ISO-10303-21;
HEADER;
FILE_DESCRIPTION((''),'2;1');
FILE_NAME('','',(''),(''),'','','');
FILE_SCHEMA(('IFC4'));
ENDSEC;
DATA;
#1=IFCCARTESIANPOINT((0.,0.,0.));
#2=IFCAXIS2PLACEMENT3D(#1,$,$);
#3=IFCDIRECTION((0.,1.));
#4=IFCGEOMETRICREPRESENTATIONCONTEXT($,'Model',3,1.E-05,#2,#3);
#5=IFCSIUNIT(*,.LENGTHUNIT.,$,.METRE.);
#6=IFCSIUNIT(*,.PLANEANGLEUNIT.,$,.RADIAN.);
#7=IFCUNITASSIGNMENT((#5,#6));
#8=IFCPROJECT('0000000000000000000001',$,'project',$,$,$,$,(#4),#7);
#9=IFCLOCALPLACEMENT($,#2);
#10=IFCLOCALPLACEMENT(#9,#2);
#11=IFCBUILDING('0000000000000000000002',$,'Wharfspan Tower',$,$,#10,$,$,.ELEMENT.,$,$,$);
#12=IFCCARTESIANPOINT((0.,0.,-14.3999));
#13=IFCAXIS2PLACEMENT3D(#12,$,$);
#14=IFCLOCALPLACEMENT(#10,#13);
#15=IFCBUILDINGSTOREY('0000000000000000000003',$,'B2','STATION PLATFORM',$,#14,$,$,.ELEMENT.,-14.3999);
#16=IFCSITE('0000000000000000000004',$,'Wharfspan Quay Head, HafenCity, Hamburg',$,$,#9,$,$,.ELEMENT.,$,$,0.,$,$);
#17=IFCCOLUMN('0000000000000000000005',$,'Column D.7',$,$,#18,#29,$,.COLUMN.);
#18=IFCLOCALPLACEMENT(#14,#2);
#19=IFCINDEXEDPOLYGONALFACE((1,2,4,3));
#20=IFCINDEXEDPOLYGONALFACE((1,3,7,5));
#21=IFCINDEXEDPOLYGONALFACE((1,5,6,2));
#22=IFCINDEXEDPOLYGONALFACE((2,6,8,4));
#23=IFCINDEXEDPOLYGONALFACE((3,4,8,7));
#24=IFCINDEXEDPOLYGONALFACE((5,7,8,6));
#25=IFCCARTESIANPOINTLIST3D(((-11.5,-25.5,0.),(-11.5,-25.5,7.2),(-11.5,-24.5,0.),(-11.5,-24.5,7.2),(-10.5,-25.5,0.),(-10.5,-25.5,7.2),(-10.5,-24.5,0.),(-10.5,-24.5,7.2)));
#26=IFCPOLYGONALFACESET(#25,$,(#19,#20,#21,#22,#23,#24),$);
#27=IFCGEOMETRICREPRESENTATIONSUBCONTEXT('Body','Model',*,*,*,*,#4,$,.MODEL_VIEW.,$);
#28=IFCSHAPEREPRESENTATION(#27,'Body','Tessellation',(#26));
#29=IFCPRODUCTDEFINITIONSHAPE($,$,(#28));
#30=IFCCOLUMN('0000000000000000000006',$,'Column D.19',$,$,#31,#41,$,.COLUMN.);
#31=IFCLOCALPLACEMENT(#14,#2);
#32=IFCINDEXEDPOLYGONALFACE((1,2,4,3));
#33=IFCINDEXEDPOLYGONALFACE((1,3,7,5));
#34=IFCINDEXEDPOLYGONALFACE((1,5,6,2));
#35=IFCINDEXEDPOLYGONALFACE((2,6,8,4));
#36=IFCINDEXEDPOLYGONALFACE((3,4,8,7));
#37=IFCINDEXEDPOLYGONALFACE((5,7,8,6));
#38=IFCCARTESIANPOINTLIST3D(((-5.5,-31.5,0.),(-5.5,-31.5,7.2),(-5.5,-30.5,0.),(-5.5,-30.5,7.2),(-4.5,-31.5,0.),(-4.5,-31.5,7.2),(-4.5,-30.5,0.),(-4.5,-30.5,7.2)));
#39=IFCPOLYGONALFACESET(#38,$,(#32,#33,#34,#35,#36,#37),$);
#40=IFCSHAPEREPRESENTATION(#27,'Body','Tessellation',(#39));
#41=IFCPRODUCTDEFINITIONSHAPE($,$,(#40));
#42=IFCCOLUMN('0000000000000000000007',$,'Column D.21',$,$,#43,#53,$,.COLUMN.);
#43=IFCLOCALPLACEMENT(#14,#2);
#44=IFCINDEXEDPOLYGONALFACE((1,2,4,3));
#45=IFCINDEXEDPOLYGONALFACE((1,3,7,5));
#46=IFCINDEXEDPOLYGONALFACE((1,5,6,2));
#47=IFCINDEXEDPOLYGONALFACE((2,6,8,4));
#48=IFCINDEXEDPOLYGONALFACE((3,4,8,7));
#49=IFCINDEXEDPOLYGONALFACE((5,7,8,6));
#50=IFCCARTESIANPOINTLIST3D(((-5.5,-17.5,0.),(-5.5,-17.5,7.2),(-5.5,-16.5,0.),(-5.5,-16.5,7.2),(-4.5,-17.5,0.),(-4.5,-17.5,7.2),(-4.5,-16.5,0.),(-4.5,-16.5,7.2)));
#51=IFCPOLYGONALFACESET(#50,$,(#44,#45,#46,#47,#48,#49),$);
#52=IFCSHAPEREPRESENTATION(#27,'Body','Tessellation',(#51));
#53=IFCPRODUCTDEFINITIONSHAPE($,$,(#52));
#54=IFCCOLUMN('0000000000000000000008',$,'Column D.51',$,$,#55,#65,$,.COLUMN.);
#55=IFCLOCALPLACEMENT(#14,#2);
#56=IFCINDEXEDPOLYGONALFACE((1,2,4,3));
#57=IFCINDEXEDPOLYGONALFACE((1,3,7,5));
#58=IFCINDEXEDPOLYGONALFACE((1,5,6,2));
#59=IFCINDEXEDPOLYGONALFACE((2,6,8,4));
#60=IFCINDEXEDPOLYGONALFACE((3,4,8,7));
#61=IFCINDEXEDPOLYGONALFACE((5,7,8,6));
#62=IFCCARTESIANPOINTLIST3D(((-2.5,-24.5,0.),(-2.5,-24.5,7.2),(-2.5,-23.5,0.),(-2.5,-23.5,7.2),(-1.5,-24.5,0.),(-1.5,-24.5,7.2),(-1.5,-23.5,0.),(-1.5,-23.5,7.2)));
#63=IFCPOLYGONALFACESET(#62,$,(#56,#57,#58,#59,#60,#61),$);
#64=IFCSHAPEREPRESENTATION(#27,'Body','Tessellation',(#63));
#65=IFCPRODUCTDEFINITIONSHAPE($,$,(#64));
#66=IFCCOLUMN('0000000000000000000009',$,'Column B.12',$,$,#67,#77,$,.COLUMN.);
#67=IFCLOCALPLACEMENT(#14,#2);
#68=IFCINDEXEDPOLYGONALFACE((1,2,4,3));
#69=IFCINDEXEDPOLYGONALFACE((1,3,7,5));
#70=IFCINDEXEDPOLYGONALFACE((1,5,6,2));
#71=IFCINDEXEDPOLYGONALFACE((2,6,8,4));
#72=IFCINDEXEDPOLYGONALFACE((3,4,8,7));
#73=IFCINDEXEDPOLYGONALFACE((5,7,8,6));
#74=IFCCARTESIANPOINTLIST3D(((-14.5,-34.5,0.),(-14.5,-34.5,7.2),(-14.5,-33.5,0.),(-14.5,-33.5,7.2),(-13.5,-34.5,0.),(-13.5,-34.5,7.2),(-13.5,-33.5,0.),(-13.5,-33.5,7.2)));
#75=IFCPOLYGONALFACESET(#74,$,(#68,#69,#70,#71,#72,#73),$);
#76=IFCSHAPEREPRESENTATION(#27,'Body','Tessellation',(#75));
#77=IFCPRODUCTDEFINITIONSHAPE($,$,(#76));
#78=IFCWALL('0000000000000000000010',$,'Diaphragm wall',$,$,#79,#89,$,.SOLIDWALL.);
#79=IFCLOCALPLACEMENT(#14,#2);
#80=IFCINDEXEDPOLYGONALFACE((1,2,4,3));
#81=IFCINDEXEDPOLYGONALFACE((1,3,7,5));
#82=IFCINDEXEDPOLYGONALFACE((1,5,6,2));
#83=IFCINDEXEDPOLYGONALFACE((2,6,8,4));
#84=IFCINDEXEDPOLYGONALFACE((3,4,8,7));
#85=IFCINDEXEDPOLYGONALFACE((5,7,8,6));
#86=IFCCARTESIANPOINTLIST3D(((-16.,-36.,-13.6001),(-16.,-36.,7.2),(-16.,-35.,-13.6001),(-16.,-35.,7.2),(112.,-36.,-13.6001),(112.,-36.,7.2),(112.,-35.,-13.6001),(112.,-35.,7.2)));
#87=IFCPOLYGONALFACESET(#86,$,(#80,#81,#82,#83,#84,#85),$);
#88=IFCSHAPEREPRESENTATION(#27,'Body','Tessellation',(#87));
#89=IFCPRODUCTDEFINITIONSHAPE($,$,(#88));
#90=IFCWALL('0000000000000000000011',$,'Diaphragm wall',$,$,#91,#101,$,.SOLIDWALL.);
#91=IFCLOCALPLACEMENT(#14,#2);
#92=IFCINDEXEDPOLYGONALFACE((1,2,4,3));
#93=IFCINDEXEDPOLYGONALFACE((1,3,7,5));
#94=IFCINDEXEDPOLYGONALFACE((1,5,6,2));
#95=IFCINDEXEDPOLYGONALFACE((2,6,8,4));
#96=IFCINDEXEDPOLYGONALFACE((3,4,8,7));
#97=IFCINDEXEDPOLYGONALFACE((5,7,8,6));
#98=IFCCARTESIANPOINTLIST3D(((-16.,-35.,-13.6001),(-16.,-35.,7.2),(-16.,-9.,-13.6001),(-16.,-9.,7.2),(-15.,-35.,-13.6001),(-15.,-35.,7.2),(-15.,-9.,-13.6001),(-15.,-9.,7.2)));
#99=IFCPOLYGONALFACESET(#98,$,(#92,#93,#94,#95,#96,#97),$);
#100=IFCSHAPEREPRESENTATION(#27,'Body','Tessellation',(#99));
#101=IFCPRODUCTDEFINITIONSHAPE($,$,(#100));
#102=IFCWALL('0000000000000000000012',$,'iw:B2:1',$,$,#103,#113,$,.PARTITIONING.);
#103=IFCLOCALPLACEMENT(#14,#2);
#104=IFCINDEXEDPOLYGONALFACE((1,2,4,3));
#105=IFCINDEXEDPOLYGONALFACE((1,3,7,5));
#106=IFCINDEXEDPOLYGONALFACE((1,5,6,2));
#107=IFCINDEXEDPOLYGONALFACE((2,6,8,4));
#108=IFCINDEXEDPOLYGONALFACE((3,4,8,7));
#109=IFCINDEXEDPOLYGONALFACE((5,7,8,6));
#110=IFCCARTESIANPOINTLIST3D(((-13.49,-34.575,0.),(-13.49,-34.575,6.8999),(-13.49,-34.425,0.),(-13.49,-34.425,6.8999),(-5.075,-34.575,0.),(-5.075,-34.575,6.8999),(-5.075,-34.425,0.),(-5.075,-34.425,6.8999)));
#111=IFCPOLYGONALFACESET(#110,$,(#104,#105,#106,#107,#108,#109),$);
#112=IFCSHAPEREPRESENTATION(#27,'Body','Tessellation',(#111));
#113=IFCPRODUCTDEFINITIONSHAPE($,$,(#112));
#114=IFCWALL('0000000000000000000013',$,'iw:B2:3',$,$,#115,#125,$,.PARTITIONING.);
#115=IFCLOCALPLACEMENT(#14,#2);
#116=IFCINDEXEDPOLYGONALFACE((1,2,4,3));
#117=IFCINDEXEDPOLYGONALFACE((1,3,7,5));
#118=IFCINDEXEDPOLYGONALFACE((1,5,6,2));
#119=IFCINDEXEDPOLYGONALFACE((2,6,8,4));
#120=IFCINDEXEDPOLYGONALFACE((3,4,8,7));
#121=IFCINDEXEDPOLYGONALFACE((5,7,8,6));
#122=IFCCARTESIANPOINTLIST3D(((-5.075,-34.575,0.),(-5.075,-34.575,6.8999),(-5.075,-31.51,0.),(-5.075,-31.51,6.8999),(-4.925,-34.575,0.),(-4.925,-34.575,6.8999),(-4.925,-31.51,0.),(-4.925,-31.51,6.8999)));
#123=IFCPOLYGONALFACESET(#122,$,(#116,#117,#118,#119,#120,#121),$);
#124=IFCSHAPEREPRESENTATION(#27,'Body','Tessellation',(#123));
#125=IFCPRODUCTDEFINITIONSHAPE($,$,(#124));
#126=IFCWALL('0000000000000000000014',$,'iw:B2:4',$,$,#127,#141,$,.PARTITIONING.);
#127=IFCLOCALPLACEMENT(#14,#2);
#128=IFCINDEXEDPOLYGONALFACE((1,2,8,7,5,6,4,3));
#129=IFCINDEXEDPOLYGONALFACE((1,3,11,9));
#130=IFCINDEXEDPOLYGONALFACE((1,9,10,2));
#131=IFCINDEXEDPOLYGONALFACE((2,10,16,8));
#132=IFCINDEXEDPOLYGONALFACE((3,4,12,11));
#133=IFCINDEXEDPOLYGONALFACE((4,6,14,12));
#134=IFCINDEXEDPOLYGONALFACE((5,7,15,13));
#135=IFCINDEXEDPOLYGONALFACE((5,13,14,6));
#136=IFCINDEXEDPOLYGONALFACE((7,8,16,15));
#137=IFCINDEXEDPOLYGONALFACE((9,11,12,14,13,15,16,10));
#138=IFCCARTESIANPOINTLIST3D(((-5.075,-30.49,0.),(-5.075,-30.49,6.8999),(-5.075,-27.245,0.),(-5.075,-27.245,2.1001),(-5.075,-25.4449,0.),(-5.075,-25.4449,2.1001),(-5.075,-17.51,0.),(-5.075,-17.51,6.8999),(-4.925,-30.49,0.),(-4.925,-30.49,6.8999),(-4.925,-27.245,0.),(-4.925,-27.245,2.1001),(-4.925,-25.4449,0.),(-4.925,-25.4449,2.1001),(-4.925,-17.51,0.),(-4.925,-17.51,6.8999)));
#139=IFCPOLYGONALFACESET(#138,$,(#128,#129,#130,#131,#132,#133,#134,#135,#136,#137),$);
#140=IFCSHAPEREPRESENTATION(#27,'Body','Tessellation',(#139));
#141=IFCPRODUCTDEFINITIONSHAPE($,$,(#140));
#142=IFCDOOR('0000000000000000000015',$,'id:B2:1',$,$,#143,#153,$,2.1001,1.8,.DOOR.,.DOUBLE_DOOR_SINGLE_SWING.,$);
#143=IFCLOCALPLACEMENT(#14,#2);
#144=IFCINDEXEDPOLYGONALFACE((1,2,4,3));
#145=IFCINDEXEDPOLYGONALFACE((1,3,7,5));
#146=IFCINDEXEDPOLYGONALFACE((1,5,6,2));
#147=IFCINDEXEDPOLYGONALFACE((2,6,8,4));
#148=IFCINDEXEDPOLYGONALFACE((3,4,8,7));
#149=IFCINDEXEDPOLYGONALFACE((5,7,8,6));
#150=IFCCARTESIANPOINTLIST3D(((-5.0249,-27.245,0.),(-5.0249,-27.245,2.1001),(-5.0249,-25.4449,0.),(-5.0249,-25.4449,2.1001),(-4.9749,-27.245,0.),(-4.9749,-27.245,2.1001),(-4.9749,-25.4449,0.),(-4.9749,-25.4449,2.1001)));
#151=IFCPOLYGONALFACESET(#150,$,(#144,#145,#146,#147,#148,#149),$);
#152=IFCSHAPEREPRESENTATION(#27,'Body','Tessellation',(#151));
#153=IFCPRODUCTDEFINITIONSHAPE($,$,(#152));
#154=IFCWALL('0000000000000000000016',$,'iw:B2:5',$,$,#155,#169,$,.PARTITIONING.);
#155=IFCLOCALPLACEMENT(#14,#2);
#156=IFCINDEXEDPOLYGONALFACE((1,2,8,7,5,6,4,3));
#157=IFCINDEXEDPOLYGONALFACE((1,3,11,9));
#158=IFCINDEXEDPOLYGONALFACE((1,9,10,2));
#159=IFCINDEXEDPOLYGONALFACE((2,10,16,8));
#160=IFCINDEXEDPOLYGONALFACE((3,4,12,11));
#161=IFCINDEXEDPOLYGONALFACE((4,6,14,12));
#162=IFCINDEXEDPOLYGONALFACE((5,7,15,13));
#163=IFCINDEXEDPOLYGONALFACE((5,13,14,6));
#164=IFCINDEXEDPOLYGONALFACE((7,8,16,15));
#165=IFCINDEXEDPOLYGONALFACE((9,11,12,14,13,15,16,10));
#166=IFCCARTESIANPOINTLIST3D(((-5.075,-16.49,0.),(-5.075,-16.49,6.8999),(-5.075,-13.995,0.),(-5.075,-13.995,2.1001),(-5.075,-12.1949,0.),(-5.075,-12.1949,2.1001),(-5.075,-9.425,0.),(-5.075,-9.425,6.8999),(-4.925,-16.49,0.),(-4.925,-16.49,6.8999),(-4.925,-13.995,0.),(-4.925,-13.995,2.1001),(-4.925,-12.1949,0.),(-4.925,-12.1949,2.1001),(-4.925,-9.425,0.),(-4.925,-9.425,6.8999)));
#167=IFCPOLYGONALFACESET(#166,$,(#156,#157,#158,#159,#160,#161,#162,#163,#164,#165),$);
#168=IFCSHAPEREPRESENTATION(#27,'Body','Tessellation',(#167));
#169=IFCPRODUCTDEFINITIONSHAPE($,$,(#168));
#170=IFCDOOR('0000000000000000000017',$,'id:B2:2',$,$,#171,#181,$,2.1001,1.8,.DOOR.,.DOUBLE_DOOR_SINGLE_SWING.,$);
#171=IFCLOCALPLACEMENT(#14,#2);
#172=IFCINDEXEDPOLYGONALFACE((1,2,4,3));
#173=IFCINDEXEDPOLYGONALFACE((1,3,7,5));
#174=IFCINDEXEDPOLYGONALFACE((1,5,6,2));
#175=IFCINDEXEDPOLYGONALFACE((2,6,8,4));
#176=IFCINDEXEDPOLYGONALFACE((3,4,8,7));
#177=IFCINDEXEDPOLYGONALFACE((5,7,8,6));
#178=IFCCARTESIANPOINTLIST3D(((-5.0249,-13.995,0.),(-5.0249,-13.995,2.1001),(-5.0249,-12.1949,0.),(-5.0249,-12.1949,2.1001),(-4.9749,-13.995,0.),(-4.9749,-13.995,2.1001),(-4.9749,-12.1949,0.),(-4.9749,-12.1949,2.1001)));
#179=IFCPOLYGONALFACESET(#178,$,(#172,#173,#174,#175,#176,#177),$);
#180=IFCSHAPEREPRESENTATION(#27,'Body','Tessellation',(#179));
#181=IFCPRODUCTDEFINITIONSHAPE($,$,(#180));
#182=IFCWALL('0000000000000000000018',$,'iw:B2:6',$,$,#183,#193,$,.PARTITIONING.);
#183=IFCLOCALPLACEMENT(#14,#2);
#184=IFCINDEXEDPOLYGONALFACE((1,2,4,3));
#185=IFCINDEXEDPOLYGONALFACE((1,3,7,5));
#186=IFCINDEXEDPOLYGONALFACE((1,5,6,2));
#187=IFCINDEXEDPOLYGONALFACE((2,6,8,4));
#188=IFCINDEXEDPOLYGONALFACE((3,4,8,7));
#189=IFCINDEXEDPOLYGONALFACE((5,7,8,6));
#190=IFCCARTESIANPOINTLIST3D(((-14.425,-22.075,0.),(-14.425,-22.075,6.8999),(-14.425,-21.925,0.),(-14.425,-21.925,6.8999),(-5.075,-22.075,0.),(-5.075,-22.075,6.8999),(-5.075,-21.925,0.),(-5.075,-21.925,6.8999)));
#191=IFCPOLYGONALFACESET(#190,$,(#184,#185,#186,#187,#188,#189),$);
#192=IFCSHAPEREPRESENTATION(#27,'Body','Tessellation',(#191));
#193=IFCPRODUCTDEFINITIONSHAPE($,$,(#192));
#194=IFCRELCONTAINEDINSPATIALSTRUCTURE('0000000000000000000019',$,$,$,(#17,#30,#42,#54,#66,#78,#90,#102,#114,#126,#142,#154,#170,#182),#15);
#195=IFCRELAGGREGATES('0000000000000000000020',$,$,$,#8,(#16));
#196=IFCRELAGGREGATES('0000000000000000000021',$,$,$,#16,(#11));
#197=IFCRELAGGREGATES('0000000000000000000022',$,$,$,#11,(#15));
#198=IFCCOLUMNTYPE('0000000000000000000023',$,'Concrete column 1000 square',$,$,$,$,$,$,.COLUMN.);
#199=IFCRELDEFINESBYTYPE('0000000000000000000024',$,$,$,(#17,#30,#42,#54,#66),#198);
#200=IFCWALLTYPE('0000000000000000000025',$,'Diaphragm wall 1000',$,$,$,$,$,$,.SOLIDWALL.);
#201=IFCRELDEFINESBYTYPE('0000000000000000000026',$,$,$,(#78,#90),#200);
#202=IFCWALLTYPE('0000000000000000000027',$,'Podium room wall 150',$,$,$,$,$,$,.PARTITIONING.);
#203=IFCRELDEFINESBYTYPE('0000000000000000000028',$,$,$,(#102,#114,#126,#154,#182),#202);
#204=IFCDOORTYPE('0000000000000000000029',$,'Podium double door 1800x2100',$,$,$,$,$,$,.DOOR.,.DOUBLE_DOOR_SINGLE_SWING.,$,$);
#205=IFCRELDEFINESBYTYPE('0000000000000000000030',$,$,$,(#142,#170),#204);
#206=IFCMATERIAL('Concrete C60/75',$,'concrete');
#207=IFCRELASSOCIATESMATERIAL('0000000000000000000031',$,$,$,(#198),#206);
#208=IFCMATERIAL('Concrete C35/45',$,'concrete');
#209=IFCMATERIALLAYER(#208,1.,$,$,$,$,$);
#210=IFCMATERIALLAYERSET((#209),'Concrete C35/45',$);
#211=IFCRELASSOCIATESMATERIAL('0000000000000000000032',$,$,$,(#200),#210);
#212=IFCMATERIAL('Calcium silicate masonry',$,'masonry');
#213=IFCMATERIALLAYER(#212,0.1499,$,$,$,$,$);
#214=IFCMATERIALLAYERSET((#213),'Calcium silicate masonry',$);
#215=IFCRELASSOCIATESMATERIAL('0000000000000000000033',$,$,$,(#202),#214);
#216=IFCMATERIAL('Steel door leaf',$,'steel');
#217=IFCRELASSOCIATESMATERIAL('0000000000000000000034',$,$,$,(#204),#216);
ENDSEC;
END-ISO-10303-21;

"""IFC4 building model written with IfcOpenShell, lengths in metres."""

from ifc_helpers import new_model, si_unit, direction, frame, frame_2d, origin, origin_2d, place, context, subcontext, project, spatial, rectangle, extrude, material, layer, layer_set, material_profile, profile_set, type_object, element, fill, save


model = new_model("IFC4")

# Units and contexts
model_context = context("Model", 3, precision=1e-05, world=origin(), true_north=direction((0.0, 1.0)))
body_context = subcontext(model_context, "Body", "Model", "MODEL_VIEW")
ifc_project = project(units=[si_unit("LENGTHUNIT", "METRE"), si_unit("PLANEANGLEUNIT", "RADIAN")], contexts=[model_context])

# Site, building, storey
site_placement = place(None, origin())
site = spatial("IfcSite", under=ifc_project, at=site_placement, Name="Wharfspan Quay Head, HafenCity, Hamburg", CompositionType="ELEMENT", RefElevation=0.0)
building_placement = place(site_placement, origin())
building = spatial("IfcBuilding", under=site, at=building_placement, Name="Wharfspan Tower", CompositionType="ELEMENT")
storey_placement = place(building_placement, frame((0.0, 0.0, -14.3999)))
storey = spatial("IfcBuildingStorey", under=building, at=storey_placement, Name="B2", Description="STATION PLATFORM", CompositionType="ELEMENT", Elevation=-14.3999)

# Columns
ifc_material_1 = material(Name="Concrete C60/75", Category="concrete")
ifc_material_profile = material_profile(ifc_material_1, rectangle(XDim=1.0, YDim=1.0, at=origin_2d()))
ifc_profile_set = profile_set([ifc_material_profile], Name="Concrete C60/75")
column_type = type_object("IfcColumnType", Name="Concrete column 1000 square", PredefinedType="COLUMN", material=ifc_profile_set)
for number, where, z_axis, x_axis, name in (
    (1, (-11.0, -25.0, 0.0), (0.0, 0.0, 1.0), (1.0, 0.0, 0.0), "Column D.7"),
    (2, (-5.0, -31.0, 0.0), (0.0, 0.0, 1.0), (1.0, 0.0, 0.0), "Column D.19"),
    (3, (-5.0, -17.0, 0.0), (0.0, 0.0, 1.0), (1.0, 0.0, 0.0), "Column D.21"),
    (4, (-2.0, -24.0, 0.0), (0.0, 0.0, 1.0), (1.0, 0.0, 0.0), "Column D.51"),
    (5, (-14.0, -34.0, 0.0), (0.0, 0.0, 1.0), (1.0, 0.0, 0.0), "Column B.12"),
):
    element("IfcColumn", number, at=place(storey_placement, frame(where, z_axis=z_axis, x_axis=x_axis)), inside=storey, type_object=column_type, Name=name, PredefinedType="COLUMN", context=body_context, shape_type="SweptSolid", body=[
        extrude(rectangle(XDim=1.0, YDim=1.0, at=origin_2d()), origin(), (0.0, 0.0, 1.0), 7.2),
    ])

# Walls
ifc_material_2 = material(Name="Concrete C35/45", Category="concrete")
ifc_layer_1 = layer(ifc_material_2, 1.0)
ifc_layer_set_1 = layer_set([ifc_layer_1], Name="Concrete C35/45")
wall_type_1 = type_object("IfcWallType", Name="Diaphragm wall 1000", PredefinedType="SOLIDWALL", material=ifc_layer_set_1)
wall_1_placement = place(storey_placement, frame((-16.0, -35.5, -13.6001), z_axis=(0.0, 0.0, 1.0), x_axis=(1.0, 0.0, 0.0)))
element("IfcWall", 6, at=wall_1_placement, inside=storey, type_object=wall_type_1, Name="Diaphragm wall", PredefinedType="SOLIDWALL", context=body_context, shape_type="SweptSolid", body=[
    extrude(rectangle(XDim=128.0, YDim=1.0, at=frame_2d((64.0, 0.0))), origin(), (0.0, 0.0, 1.0), 20.8),
])
wall_2_placement = place(storey_placement, frame((-15.5, -35.0, -13.6001), z_axis=(0.0, 0.0, 1.0), x_axis=(0.0, 1.0, 0.0)))
element("IfcWall", 7, at=wall_2_placement, inside=storey, type_object=wall_type_1, Name="Diaphragm wall", PredefinedType="SOLIDWALL", context=body_context, shape_type="SweptSolid", body=[
    extrude(rectangle(XDim=26.0, YDim=1.0, at=frame_2d((13.0, 0.0))), origin(), (0.0, 0.0, 1.0), 20.8),
])
ifc_material_3 = material(Name="Calcium silicate masonry", Category="masonry")
ifc_layer_2 = layer(ifc_material_3, 0.1499)
ifc_layer_set_2 = layer_set([ifc_layer_2], Name="Calcium silicate masonry")
wall_type_2 = type_object("IfcWallType", Name="Podium room wall 150", PredefinedType="PARTITIONING", material=ifc_layer_set_2)
wall_3_placement = place(storey_placement, frame((-13.49, -34.5, 0.0), z_axis=(0.0, 0.0, 1.0), x_axis=(1.0, 0.0, 0.0)))
element("IfcWall", 8, at=wall_3_placement, inside=storey, type_object=wall_type_2, Name="iw:B2:1", PredefinedType="PARTITIONING", context=body_context, shape_type="SweptSolid", body=[
    extrude(rectangle(XDim=8.415, YDim=0.1499, at=frame_2d((4.2075, 0.0))), origin(), (0.0, 0.0, 1.0), 6.8999),
])
wall_4_placement = place(storey_placement, frame((-5.0, -34.575, 0.0), z_axis=(0.0, 0.0, 1.0), x_axis=(0.0, 1.0, 0.0)))
element("IfcWall", 9, at=wall_4_placement, inside=storey, type_object=wall_type_2, Name="iw:B2:3", PredefinedType="PARTITIONING", context=body_context, shape_type="SweptSolid", body=[
    extrude(rectangle(XDim=3.0649, YDim=0.1499, at=frame_2d((1.5325, 0.0))), origin(), (0.0, 0.0, 1.0), 6.8999),
])

# Walls, openings, doors
wall_5_placement = place(storey_placement, frame((-5.0, -30.49, 0.0), z_axis=(0.0, 0.0, 1.0), x_axis=(0.0, 1.0, 0.0)))
wall_5 = element("IfcWall", 10, at=wall_5_placement, inside=storey, type_object=wall_type_2, Name="iw:B2:4", PredefinedType="PARTITIONING", context=body_context, shape_type="SweptSolid", body=[
    extrude(rectangle(XDim=12.98, YDim=0.1499, at=frame_2d((6.49, 0.0))), origin(), (0.0, 0.0, 1.0), 6.8999),
])
opening_1_placement = place(wall_5_placement, frame((3.2451, 0.0, 0.0)))
opening_1 = element("IfcOpeningElement", 11, at=opening_1_placement, cuts=wall_5, PredefinedType="OPENING", context=body_context, shape_type="SweptSolid", body=[
    extrude(rectangle(XDim=1.8, YDim=2.1001, at=frame_2d((0.8999, 1.05))), frame((0.0, 0.085, 0.0), z_axis=(0.0, -1.0, 0.0), x_axis=(1.0, 0.0, 0.0)), (0.0, 0.0, 1.0), 0.1699),
])
ifc_material_4 = material(Name="Steel door leaf", Category="steel")
door_type_1 = type_object("IfcDoorType", Name="Podium double door 1800x2100", OperationType="DOUBLE_DOOR_SINGLE_SWING", PredefinedType="DOOR", material=ifc_material_4)
door_1_placement = place(opening_1_placement, origin())
door_1 = element("IfcDoor", 12, at=door_1_placement, inside=storey, type_object=door_type_1, Name="id:B2:1", OperationType="DOUBLE_DOOR_SINGLE_SWING", OverallHeight=2.1001, OverallWidth=1.8, PredefinedType="DOOR", context=body_context, shape_type="SweptSolid", body=[
    extrude(rectangle(XDim=1.8, YDim=2.1001, at=frame_2d((0.8999, 1.05))), frame((0.0, 0.0249, 0.0), z_axis=(0.0, -1.0, 0.0), x_axis=(1.0, 0.0, 0.0)), (0.0, 0.0, 1.0), 0.05),
])
fill(opening_1, door_1)
wall_6_placement = place(storey_placement, frame((-5.0, -16.49, 0.0), z_axis=(0.0, 0.0, 1.0), x_axis=(0.0, 1.0, 0.0)))
wall_6 = element("IfcWall", 13, at=wall_6_placement, inside=storey, type_object=wall_type_2, Name="iw:B2:5", PredefinedType="PARTITIONING", context=body_context, shape_type="SweptSolid", body=[
    extrude(rectangle(XDim=7.0649, YDim=0.1499, at=frame_2d((3.5325, 0.0))), origin(), (0.0, 0.0, 1.0), 6.8999),
])
opening_2_placement = place(wall_6_placement, frame((2.4951, 0.0, 0.0)))
opening_2 = element("IfcOpeningElement", 14, at=opening_2_placement, cuts=wall_6, PredefinedType="OPENING", context=body_context, shape_type="SweptSolid", body=[
    extrude(rectangle(XDim=1.8, YDim=2.1001, at=frame_2d((0.8999, 1.05))), frame((0.0, 0.085, 0.0), z_axis=(0.0, -1.0, 0.0), x_axis=(1.0, 0.0, 0.0)), (0.0, 0.0, 1.0), 0.1699),
])
door_2_placement = place(opening_2_placement, origin())
door_2 = element("IfcDoor", 15, at=door_2_placement, inside=storey, type_object=door_type_1, Name="id:B2:2", OperationType="DOUBLE_DOOR_SINGLE_SWING", OverallHeight=2.1001, OverallWidth=1.8, PredefinedType="DOOR", context=body_context, shape_type="SweptSolid", body=[
    extrude(rectangle(XDim=1.8, YDim=2.1001, at=frame_2d((0.8999, 1.05))), frame((0.0, 0.0249, 0.0), z_axis=(0.0, -1.0, 0.0), x_axis=(1.0, 0.0, 0.0)), (0.0, 0.0, 1.0), 0.05),
])
fill(opening_2, door_2)

# Wall
wall_7_placement = place(storey_placement, frame((-14.425, -22.0, 0.0), z_axis=(0.0, 0.0, 1.0), x_axis=(1.0, 0.0, 0.0)))
element("IfcWall", 16, at=wall_7_placement, inside=storey, type_object=wall_type_2, Name="iw:B2:6", PredefinedType="PARTITIONING", context=body_context, shape_type="SweptSolid", body=[
    extrude(rectangle(XDim=9.3501, YDim=0.1499, at=frame_2d((4.675, 0.0))), origin(), (0.0, 0.0, 1.0), 6.8999),
])

save(model, "model.ifc")
